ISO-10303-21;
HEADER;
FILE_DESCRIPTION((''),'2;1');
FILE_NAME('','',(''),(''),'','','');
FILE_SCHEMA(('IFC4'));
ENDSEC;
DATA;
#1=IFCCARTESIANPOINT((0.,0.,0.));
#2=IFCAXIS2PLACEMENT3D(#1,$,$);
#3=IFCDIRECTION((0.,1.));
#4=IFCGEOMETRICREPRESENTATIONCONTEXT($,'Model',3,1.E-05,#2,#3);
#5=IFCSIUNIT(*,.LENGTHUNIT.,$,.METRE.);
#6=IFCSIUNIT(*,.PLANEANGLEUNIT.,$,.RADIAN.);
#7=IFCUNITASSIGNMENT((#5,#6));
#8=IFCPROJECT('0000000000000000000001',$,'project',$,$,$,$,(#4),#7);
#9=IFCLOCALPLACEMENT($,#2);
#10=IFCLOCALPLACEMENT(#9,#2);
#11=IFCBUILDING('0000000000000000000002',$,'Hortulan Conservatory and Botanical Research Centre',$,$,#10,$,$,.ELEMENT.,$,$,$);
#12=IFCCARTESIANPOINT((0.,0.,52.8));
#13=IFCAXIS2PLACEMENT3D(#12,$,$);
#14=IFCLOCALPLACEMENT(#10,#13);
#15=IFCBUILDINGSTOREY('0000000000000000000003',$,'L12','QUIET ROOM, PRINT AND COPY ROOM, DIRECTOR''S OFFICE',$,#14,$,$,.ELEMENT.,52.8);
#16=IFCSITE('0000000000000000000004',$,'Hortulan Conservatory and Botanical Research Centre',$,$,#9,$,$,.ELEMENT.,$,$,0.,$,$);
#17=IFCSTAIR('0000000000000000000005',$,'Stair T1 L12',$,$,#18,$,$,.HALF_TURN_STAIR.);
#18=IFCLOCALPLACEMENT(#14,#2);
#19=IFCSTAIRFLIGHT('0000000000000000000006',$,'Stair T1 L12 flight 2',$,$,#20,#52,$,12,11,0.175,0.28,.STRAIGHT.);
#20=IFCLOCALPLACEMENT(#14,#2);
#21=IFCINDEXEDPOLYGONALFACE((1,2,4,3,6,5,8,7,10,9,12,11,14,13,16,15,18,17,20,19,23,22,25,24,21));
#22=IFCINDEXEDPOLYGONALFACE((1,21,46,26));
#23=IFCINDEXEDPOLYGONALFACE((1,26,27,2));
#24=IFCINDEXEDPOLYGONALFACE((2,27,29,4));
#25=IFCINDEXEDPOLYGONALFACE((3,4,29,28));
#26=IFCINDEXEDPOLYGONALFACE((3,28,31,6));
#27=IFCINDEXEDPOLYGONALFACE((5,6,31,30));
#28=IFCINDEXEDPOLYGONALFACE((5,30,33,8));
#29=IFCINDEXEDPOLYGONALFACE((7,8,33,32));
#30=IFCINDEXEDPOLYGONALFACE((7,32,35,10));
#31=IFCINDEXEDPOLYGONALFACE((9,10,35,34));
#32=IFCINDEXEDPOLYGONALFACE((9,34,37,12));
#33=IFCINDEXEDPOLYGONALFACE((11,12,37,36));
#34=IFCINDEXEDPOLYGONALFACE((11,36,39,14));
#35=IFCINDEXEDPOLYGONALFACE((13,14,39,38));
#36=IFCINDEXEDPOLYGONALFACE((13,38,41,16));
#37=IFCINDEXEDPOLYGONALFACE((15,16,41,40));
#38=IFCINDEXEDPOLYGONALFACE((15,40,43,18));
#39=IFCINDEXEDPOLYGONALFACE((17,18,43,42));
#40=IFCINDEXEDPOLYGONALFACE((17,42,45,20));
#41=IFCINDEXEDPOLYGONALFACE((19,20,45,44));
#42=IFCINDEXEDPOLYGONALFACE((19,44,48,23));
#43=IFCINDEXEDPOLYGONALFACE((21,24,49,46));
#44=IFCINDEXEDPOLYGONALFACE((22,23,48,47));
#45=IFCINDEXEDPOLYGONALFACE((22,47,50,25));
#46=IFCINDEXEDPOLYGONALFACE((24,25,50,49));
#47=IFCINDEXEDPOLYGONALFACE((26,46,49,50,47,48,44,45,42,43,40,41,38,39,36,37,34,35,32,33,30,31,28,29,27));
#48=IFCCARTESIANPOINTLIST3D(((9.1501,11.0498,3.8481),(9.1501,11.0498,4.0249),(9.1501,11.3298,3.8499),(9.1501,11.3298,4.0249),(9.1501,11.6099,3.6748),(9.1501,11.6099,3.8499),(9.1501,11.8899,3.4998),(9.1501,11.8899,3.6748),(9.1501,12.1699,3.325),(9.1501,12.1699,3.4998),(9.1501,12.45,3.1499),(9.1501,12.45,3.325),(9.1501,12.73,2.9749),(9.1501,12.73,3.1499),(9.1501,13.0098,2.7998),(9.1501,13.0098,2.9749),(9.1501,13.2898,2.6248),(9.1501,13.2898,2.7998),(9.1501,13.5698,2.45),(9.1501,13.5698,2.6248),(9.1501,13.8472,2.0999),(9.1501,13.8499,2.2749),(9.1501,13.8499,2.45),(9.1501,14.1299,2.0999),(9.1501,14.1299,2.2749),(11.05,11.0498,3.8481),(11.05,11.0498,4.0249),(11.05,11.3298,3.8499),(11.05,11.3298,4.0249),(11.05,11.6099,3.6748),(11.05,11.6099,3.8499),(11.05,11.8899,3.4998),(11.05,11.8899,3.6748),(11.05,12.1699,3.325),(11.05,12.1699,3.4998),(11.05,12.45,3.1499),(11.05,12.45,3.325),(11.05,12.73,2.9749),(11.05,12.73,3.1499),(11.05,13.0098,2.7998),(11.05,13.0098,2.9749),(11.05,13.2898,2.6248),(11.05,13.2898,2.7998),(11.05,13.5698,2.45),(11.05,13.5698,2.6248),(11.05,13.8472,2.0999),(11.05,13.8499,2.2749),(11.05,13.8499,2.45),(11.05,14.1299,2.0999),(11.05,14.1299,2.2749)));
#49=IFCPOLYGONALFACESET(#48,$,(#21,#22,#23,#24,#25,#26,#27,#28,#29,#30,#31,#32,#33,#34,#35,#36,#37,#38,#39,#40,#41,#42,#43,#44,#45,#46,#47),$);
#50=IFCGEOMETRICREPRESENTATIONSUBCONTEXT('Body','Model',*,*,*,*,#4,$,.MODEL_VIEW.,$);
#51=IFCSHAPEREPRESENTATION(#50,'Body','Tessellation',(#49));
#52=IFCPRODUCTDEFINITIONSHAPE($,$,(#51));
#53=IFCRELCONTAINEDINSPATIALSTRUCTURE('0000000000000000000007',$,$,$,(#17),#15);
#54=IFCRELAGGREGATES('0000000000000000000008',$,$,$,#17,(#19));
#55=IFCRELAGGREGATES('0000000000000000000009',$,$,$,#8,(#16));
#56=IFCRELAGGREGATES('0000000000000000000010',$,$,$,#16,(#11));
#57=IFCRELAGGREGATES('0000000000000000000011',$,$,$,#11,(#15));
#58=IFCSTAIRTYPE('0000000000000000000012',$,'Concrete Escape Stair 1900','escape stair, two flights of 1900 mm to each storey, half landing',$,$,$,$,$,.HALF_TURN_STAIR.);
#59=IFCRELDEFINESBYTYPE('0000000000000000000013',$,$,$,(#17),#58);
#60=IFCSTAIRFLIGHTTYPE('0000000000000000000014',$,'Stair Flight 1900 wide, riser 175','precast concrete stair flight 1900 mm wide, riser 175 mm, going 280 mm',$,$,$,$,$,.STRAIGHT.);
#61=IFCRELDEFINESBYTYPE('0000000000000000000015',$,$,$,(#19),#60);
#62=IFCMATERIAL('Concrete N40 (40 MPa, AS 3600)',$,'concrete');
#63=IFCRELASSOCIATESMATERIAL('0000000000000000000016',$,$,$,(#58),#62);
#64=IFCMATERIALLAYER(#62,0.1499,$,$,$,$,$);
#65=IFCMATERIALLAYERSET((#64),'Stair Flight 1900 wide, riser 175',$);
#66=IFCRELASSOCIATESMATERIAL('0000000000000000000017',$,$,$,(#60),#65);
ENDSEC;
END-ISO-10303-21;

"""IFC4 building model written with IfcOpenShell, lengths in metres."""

from ifc_helpers import new_model, si_unit, direction, frame, origin, place, context, subcontext, project, spatial, polyline, outline, extrude, material, layer, layer_set, type_object, element, aggregate, save


model = new_model("IFC4")

# Units and contexts
model_context = context("Model", 3, precision=1e-05, world=origin(), true_north=direction((0.0, 1.0)))
body_context = subcontext(model_context, "Body", "Model", "MODEL_VIEW")
ifc_project = project(units=[si_unit("LENGTHUNIT", "METRE"), si_unit("PLANEANGLEUNIT", "RADIAN")], contexts=[model_context])

# Site, building, storey
site_placement = place(None, origin())
site = spatial("IfcSite", under=ifc_project, at=site_placement, Name="Hortulan Conservatory and Botanical Research Centre", CompositionType="ELEMENT", RefElevation=0.0)
building_placement = place(site_placement, origin())
building = spatial("IfcBuilding", under=site, at=building_placement, Name="Hortulan Conservatory and Botanical Research Centre", CompositionType="ELEMENT")
storey_placement = place(building_placement, frame((0.0, 0.0, 52.8)))
storey = spatial("IfcBuildingStorey", under=building, at=storey_placement, Name="L12", Description="QUIET ROOM, PRINT AND COPY ROOM, DIRECTOR'S OFFICE", CompositionType="ELEMENT", Elevation=52.8)

# Shared definitions
ifc_material_1 = material(Name="Concrete N40 (40 MPa, AS 3600)", Category="concrete")

# Stair, stair flight
stair_type = type_object("IfcStairType", Name="Concrete Escape Stair 1900", Description="escape stair, two flights of 1900 mm to each storey, half landing", PredefinedType="HALF_TURN_STAIR", material=ifc_material_1)
stair_placement = place(storey_placement, origin())
stair = element("IfcStair", 1, at=stair_placement, inside=storey, type_object=stair_type, Name="Stair T1 L12", PredefinedType="HALF_TURN_STAIR")
ifc_layer_1 = layer(ifc_material_1, 0.1499)
ifc_layer_set_1 = layer_set([ifc_layer_1], Name="Stair Flight 1900 wide, riser 175")
stair_flight_type = type_object("IfcStairFlightType", Name="Stair Flight 1900 wide, riser 175", Description="precast concrete stair flight 1900 mm wide, riser 175 mm, going 280 mm", PredefinedType="STRAIGHT", material=ifc_layer_set_1)
stair_flight_1_placement = place(storey_placement, frame((10.1001, 14.1299, 2.0999), z_axis=(0.0, 0.0, 1.0), x_axis=(0.0, -1.0, 0.0)))
stair_flight_1 = element("IfcStairFlight", 2, at=stair_flight_1_placement, type_object=stair_flight_type, Name="Stair T1 L12 flight 2", NumberOfRisers=12, NumberOfTreads=11, PredefinedType="STRAIGHT", RiserHeight=0.175, TreadLength=0.28, context=body_context, shape_type="SweptSolid", body=[
    extrude(outline(polyline([(0.0, 0.0), (0.0, 0.175), (0.28, 0.175), (0.28, 0.3501), (0.5601, 0.3501), (0.5601, 0.5249), (0.8401, 0.5249), (0.8401, 0.7), (1.1201, 0.7), (1.1201, 0.875), (1.3999, 0.875), (1.3999, 1.05), (1.6799, 1.05), (1.6799, 1.2251), (1.96, 1.2251), (1.96, 1.3999), (2.24, 1.3999), (2.24, 1.575), (2.52, 1.575), (2.52, 1.75), (2.8, 1.75), (2.8, 1.925), (3.0801, 1.925), (3.0801, 2.1001), (3.0801, 1.7483), (0.2827, 0.0), (0.0, 0.0)])), frame((0.0, 0.95, 0.0), z_axis=(0.0, -1.0, 0.0), x_axis=(1.0, 0.0, 0.0)), (0.0, 0.0, 1.0), 1.8999),
])
aggregate(stair, [stair_flight_1])

save(model, "model.ifc")
